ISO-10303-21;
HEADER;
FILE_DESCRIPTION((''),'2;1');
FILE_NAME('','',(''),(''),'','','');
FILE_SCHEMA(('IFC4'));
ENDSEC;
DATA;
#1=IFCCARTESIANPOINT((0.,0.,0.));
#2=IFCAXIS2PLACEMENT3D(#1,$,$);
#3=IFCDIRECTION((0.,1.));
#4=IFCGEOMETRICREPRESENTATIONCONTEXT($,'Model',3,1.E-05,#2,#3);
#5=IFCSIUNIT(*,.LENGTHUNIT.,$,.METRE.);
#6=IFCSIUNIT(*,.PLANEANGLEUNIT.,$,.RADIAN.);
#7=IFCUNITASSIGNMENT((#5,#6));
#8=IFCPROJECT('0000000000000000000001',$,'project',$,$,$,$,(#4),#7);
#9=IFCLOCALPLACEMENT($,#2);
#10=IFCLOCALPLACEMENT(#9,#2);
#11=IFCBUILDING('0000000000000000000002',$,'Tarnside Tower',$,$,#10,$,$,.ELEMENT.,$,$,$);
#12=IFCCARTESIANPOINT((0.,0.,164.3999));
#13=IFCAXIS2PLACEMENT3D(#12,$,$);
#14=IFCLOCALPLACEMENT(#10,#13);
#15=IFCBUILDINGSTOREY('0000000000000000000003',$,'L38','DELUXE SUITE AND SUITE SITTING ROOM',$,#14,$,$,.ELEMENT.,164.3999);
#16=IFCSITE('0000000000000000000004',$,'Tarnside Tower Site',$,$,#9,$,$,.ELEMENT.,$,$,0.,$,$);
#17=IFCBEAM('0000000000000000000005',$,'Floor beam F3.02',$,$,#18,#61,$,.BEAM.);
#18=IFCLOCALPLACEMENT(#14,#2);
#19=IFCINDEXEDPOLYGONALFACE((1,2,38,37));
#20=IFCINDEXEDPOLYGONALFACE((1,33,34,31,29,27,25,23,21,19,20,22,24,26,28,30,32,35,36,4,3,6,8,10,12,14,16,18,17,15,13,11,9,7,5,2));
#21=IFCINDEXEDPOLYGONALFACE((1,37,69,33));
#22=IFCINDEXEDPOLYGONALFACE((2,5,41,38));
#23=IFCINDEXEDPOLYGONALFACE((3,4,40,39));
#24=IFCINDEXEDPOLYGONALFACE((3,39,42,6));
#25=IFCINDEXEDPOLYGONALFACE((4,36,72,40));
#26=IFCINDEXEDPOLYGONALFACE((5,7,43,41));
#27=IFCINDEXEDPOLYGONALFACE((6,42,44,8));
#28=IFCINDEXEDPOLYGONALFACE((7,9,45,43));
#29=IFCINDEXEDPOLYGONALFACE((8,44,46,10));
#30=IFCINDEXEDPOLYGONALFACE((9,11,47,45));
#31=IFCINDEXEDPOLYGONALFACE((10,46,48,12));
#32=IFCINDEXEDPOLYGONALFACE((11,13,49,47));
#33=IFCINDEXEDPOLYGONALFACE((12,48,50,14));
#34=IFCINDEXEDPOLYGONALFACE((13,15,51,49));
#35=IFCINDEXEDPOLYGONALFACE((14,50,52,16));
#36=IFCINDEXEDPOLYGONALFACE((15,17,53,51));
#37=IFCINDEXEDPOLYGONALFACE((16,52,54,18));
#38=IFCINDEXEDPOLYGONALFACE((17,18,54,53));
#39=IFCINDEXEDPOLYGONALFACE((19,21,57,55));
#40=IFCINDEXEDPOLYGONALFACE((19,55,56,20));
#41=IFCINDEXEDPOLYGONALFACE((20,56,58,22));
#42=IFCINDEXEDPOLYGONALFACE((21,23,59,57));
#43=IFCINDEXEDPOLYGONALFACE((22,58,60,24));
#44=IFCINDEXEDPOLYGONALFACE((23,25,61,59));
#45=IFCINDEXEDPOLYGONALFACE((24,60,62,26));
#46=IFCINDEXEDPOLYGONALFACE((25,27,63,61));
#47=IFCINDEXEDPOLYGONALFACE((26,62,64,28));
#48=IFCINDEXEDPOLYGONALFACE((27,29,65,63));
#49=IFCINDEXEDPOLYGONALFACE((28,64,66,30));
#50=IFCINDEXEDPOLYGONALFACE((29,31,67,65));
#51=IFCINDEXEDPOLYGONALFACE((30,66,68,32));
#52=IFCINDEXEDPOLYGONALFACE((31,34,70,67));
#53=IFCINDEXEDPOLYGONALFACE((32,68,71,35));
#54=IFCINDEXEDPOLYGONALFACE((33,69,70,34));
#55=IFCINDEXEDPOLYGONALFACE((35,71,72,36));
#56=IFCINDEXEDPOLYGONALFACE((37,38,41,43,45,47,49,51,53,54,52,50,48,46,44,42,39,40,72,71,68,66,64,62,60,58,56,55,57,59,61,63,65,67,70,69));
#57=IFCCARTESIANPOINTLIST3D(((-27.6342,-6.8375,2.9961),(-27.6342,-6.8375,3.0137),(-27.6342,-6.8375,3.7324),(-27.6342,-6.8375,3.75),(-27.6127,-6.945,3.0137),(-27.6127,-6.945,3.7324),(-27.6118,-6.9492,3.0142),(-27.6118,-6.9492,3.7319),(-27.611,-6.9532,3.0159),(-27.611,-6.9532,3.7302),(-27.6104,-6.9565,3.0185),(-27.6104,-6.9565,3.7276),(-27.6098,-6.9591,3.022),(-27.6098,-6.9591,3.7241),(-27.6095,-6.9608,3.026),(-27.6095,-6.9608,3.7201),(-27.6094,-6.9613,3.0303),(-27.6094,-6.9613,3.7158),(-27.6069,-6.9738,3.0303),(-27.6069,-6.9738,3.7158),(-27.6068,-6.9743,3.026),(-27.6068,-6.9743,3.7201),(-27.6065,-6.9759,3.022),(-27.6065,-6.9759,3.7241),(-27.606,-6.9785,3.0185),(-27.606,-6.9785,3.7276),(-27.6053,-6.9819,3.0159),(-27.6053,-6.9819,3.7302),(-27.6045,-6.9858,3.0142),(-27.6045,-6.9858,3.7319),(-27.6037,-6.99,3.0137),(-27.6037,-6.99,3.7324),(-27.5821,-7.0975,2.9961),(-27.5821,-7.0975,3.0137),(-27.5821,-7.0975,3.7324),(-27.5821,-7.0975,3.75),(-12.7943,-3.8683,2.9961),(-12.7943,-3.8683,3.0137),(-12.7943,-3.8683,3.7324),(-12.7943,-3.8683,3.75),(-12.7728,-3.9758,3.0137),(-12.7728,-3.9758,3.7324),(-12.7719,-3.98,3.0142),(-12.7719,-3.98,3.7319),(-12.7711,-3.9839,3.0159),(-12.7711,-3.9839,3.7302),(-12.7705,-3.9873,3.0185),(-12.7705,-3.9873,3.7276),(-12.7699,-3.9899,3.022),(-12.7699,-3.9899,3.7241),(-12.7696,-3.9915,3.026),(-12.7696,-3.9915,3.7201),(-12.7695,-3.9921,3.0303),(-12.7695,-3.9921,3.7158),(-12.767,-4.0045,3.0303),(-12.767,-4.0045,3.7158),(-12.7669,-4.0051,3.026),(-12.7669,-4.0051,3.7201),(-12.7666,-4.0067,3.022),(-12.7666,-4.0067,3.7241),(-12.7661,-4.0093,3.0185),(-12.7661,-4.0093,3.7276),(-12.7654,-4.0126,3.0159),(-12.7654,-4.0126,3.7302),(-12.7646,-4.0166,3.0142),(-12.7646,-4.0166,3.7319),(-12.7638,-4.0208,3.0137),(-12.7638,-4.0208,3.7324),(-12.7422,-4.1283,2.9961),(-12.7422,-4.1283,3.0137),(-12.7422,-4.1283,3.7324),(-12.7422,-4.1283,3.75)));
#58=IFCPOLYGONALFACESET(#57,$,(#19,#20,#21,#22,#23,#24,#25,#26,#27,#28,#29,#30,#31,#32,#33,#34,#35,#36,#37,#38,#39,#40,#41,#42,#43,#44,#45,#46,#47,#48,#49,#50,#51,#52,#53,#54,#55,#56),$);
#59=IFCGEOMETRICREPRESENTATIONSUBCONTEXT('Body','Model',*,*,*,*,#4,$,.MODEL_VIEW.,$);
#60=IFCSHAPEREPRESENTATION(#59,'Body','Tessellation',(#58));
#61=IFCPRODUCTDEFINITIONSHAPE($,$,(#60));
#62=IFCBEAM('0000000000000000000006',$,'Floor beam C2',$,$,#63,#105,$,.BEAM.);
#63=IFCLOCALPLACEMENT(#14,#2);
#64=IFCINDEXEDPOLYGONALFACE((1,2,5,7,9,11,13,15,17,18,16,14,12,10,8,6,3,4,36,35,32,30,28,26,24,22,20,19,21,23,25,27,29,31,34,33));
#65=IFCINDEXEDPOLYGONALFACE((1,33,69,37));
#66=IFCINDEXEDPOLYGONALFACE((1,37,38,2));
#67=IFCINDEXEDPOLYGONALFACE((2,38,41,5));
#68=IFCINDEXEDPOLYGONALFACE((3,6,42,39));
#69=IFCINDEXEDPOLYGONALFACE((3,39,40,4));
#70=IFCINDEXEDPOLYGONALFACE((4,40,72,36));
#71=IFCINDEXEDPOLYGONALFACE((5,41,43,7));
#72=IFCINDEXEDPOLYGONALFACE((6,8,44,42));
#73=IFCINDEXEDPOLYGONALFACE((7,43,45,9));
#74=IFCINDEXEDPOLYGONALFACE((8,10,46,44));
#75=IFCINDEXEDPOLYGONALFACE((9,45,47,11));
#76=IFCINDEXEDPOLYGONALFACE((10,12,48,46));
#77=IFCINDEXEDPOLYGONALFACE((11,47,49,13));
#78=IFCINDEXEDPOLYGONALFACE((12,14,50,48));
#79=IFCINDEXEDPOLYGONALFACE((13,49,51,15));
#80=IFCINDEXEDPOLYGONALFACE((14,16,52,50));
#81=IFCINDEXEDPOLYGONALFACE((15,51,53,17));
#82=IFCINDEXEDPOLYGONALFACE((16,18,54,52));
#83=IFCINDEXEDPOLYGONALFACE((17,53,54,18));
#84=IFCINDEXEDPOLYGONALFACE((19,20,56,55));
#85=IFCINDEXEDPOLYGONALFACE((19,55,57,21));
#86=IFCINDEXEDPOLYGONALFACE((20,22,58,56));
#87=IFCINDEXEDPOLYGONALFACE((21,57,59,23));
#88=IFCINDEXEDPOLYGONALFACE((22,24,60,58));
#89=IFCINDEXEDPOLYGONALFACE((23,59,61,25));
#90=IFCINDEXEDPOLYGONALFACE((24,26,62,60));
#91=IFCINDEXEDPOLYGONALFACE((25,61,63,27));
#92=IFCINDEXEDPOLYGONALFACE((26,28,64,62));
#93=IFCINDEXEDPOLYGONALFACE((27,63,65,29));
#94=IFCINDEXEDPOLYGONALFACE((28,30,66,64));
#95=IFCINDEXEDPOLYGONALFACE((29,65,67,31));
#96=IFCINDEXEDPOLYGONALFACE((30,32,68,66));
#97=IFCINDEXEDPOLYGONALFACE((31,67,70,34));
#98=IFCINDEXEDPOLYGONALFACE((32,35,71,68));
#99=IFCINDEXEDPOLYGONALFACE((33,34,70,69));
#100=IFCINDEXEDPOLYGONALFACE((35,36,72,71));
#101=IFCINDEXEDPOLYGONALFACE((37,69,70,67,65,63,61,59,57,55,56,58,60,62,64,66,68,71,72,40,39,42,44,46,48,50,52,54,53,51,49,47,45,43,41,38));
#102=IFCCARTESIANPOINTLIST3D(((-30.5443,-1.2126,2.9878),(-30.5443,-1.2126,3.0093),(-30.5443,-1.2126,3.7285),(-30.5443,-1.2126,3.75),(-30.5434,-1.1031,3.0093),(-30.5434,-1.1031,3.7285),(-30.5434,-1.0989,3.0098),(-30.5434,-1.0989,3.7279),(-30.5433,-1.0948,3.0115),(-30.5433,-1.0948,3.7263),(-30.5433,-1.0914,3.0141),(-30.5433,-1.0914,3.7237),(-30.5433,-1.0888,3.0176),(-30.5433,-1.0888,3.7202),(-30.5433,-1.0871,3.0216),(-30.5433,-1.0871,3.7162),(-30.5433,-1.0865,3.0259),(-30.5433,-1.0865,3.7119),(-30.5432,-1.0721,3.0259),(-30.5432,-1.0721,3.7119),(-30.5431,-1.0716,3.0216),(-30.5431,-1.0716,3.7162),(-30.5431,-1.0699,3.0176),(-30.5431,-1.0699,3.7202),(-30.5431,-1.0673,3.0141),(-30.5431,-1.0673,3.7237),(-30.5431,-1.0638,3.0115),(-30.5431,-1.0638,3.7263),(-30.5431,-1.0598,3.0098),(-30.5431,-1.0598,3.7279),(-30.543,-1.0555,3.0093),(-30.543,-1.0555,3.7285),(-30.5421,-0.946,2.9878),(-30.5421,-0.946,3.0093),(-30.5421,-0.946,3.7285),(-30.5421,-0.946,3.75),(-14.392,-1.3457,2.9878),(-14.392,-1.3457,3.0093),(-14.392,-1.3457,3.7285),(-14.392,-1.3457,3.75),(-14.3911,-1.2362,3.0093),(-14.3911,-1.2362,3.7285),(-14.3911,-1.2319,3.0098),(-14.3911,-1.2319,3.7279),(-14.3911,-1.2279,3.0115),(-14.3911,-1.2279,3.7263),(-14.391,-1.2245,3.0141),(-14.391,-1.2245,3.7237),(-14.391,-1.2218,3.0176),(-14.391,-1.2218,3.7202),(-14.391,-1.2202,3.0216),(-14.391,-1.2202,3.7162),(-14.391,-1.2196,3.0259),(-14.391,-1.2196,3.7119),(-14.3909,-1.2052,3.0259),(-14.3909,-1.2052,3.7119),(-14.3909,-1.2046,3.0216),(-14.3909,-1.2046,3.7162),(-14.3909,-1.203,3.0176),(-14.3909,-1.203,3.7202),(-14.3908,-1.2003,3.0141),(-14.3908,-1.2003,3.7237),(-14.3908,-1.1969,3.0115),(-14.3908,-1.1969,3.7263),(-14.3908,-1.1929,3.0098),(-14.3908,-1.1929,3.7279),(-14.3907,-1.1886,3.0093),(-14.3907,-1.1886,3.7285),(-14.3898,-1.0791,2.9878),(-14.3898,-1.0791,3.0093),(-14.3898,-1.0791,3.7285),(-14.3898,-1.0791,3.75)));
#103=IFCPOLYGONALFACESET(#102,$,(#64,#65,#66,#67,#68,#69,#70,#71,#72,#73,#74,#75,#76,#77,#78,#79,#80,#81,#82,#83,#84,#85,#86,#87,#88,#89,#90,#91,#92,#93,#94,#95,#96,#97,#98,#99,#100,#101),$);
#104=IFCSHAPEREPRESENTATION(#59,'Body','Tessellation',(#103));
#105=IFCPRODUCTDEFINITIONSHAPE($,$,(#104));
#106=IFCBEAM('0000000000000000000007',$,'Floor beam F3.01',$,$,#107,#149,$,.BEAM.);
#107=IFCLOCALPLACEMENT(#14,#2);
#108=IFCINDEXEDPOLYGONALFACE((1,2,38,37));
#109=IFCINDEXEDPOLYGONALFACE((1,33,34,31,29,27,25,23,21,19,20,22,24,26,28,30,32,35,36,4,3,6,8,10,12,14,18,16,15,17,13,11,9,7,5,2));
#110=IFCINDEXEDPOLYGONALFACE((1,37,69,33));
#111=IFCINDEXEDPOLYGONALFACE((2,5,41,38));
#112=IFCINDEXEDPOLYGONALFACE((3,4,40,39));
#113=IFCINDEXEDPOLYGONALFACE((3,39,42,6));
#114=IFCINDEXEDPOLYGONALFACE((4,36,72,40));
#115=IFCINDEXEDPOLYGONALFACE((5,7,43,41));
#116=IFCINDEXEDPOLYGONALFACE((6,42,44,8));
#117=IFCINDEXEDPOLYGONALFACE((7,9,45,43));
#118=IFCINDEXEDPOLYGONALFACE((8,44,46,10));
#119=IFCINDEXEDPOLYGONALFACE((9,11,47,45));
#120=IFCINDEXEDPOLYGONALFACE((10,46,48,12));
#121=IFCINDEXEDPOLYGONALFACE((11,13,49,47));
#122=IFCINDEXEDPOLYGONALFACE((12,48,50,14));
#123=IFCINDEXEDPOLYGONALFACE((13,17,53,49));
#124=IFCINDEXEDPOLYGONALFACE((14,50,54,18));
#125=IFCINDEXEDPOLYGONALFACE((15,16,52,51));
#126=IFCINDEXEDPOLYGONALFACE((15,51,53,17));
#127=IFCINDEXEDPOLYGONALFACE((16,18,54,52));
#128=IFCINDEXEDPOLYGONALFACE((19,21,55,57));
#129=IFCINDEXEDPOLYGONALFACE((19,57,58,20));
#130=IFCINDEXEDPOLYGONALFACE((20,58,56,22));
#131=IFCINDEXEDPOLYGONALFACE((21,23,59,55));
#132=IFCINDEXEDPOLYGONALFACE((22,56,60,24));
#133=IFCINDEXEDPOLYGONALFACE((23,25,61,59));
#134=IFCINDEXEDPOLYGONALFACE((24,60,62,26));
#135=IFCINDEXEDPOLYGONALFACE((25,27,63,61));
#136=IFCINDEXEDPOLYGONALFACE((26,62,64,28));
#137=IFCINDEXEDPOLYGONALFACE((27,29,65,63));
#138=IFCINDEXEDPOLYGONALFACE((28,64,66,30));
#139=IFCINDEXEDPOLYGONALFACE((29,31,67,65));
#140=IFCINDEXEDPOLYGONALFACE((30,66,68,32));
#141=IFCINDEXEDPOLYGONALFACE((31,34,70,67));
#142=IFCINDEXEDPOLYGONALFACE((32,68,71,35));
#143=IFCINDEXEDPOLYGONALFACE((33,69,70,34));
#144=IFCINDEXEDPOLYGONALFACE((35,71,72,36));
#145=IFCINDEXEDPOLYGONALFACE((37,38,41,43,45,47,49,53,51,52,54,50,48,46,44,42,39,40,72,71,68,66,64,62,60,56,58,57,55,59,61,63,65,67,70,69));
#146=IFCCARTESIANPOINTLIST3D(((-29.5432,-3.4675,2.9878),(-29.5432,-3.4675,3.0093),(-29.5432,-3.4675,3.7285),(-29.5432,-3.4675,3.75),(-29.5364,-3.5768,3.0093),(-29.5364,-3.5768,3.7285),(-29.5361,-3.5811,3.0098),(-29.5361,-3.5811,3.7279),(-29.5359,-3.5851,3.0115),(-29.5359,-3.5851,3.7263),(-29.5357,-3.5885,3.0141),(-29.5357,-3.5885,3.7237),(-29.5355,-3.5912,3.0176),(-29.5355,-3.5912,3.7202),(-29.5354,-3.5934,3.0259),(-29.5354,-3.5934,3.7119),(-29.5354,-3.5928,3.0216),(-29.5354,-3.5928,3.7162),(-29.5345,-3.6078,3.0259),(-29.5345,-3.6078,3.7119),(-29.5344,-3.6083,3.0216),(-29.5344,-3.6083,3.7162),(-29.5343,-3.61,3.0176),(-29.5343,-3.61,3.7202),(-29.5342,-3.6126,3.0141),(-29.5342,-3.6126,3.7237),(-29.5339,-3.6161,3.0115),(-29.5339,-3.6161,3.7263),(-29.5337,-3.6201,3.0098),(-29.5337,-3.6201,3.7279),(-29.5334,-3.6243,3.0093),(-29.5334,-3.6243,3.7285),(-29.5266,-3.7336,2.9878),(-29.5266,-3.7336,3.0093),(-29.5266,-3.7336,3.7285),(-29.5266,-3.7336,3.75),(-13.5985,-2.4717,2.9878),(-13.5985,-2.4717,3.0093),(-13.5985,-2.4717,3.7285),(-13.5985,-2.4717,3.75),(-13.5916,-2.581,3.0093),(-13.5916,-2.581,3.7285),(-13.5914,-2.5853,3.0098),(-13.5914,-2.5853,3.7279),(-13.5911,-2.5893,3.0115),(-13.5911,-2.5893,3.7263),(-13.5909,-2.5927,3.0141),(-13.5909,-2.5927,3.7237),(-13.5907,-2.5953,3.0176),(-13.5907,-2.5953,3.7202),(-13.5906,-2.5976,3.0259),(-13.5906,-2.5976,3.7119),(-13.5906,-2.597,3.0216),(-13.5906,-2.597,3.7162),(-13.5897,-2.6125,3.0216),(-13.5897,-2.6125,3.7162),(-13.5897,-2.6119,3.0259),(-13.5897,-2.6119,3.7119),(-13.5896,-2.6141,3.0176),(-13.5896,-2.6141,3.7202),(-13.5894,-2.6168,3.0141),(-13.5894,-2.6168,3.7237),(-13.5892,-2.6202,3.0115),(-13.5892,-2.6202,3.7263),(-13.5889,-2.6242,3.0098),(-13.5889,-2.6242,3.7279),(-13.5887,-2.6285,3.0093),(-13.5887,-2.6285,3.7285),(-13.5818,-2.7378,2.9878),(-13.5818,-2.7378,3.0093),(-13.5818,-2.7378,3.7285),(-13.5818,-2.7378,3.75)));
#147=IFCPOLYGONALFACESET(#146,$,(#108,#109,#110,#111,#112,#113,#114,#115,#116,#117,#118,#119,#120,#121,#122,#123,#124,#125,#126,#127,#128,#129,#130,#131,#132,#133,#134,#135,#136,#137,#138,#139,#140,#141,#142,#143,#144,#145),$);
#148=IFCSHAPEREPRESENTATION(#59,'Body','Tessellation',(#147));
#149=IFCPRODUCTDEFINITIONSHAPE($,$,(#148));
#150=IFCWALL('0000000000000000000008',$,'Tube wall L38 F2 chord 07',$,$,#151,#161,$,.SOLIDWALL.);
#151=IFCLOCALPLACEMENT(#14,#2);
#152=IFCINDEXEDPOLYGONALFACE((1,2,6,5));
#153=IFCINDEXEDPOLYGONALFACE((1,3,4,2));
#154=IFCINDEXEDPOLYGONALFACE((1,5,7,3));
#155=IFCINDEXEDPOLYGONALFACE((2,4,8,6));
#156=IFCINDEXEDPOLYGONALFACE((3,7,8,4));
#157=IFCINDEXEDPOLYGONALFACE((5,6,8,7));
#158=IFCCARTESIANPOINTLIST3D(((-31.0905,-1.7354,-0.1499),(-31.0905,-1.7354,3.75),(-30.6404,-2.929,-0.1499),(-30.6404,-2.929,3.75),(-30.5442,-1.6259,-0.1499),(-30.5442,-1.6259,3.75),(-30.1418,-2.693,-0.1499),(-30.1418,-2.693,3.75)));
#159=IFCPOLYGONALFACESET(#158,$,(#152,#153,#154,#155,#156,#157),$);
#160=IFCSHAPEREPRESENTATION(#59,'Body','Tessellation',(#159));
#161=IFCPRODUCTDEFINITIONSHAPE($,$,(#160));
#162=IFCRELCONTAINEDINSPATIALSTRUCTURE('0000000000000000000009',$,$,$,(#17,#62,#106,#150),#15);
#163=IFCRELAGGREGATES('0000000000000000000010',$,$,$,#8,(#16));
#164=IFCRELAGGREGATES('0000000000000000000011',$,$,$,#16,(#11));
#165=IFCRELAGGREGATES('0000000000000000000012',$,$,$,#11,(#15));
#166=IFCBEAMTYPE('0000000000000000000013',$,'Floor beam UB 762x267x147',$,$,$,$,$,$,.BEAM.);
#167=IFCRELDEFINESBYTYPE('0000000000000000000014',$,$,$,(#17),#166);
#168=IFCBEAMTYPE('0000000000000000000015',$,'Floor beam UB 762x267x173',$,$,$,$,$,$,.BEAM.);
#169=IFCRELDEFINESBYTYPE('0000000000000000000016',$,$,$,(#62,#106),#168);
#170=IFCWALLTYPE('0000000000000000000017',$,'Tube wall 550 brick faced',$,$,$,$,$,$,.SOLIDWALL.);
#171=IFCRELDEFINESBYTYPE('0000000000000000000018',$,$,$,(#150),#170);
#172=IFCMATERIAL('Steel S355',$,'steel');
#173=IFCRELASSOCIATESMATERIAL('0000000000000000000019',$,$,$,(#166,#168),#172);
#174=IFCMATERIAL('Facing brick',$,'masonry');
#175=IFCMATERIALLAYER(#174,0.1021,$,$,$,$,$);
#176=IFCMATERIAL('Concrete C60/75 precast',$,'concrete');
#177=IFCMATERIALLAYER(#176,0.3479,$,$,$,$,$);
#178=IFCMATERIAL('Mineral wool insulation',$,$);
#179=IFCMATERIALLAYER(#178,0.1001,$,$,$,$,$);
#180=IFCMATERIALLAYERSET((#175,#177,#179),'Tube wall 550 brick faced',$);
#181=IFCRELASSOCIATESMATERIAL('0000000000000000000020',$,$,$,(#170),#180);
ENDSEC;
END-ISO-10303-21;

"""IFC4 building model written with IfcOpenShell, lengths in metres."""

from ifc_helpers import new_model, si_unit, direction, frame, origin, origin_2d, place, context, subcontext, project, spatial, polyline, i_section, outline, extrude, material, layer, layer_set, material_profile, profile_set, type_object, element, save


model = new_model("IFC4")

# Units and contexts
model_context = context("Model", 3, precision=1e-05, world=origin(), true_north=direction((0.0, 1.0)))
body_context = subcontext(model_context, "Body", "Model", "MODEL_VIEW")
ifc_project = project(units=[si_unit("LENGTHUNIT", "METRE"), si_unit("PLANEANGLEUNIT", "RADIAN")], contexts=[model_context])

# Site, building, storey
site_placement = place(None, origin())
site = spatial("IfcSite", under=ifc_project, at=site_placement, Name="Tarnside Tower Site", CompositionType="ELEMENT", RefElevation=0.0)
building_placement = place(site_placement, origin())
building = spatial("IfcBuilding", under=site, at=building_placement, Name="Tarnside Tower", CompositionType="ELEMENT")
storey_placement = place(building_placement, frame((0.0, 0.0, 164.3999)))
storey = spatial("IfcBuildingStorey", under=building, at=storey_placement, Name="L38", Description="DELUXE SUITE AND SUITE SITTING ROOM", CompositionType="ELEMENT", Elevation=164.3999)

# Beams
ifc_material_1 = material(Name="Steel S355", Category="steel")
ifc_material_profile_1 = material_profile(ifc_material_1, i_section(OverallWidth=0.2651, OverallDepth=0.7539, WebThickness=0.0127, FlangeThickness=0.0176, FilletRadius=0.0166, at=origin_2d()), Name="UB 762x267x147")
ifc_profile_set_1 = profile_set([ifc_material_profile_1], Name="Steel S355")
beam_type_1 = type_object("IfcBeamType", Name="Floor beam UB 762x267x147", PredefinedType="BEAM", material=ifc_profile_set_1)
beam_1_placement = place(storey_placement, frame((-27.6082, -6.9675, 3.373), z_axis=(0.980565, 0.196197, 0.0), x_axis=(-0.196197, 0.980565, 0.0)))
element("IfcBeam", 1, at=beam_1_placement, inside=storey, type_object=beam_type_1, Name="Floor beam F3.02", PredefinedType="BEAM", context=body_context, shape_type="SweptSolid", body=[
    extrude(i_section(OverallWidth=0.2651, OverallDepth=0.7539, WebThickness=0.0127, FlangeThickness=0.0176, FilletRadius=0.0166, at=origin_2d()), origin(), (0.0, 0.0, 1.0), 15.134),
])
ifc_material_profile_2 = material_profile(ifc_material_1, i_section(OverallWidth=0.2666, OverallDepth=0.7622, WebThickness=0.0144, FlangeThickness=0.0215, FilletRadius=0.0166, at=origin_2d()), Name="UB 762x267x173")
ifc_profile_set_2 = profile_set([ifc_material_profile_2], Name="Steel S355")
beam_type_2 = type_object("IfcBeamType", Name="Floor beam UB 762x267x173", PredefinedType="BEAM", material=ifc_profile_set_2)
beam_2_placement = place(storey_placement, frame((-30.5432, -1.0793, 3.3689), z_axis=(0.999966, -0.008237, 0.0), x_axis=(0.008237, 0.999966, 0.0)))
element("IfcBeam", 2, at=beam_2_placement, inside=storey, type_object=beam_type_2, Name="Floor beam C2", PredefinedType="BEAM", context=body_context, shape_type="SweptSolid", body=[
    extrude(i_section(OverallWidth=0.2666, OverallDepth=0.7622, WebThickness=0.0144, FlangeThickness=0.0215, FilletRadius=0.0166, at=origin_2d()), origin(), (0.0, 0.0, 1.0), 16.1528),
])
beam_3_placement = place(storey_placement, frame((-29.5349, -3.6006, 3.3689), z_axis=(0.998055, 0.062335, 0.0), x_axis=(-0.062335, 0.998055, 0.0)))
element("IfcBeam", 3, at=beam_3_placement, inside=storey, type_object=beam_type_2, Name="Floor beam F3.01", PredefinedType="BEAM", context=body_context, shape_type="SweptSolid", body=[
    extrude(i_section(OverallWidth=0.2666, OverallDepth=0.7622, WebThickness=0.0144, FlangeThickness=0.0215, FilletRadius=0.0166, at=origin_2d()), origin(), (0.0, 0.0, 1.0), 15.9758),
])

# Wall
ifc_material_2 = material(Name="Facing brick", Category="masonry")
ifc_layer_1 = layer(ifc_material_2, 0.1021)
ifc_material_3 = material(Name="Concrete C60/75 precast", Category="concrete")
ifc_layer_2 = layer(ifc_material_3, 0.3479)
ifc_material_4 = material(Name="Mineral wool insulation")
ifc_layer_3 = layer(ifc_material_4, 0.1001)
ifc_layer_set_1 = layer_set([ifc_layer_1, ifc_layer_2, ifc_layer_3], Name="Tube wall 550 brick faced")
wall_type = type_object("IfcWallType", Name="Tube wall 550 brick faced", PredefinedType="SOLIDWALL", material=ifc_layer_set_1)
wall_1_placement = place(storey_placement, frame((-30.8174, -1.6807, -0.1499), z_axis=(0.0, 0.0, 1.0), x_axis=(0.35285, -0.93568, 0.0)))
element("IfcWall", 4, at=wall_1_placement, inside=storey, type_object=wall_type, Name="Tube wall L38 F2 chord 07", PredefinedType="SOLIDWALL", context=body_context, shape_type="SweptSolid", body=[
    extrude(outline(polyline([(-0.0452, -0.2749), (1.2305, -0.2749), (1.1855, 0.2749), (0.0452, 0.2749), (-0.0452, -0.2749)])), origin(), (0.0, 0.0, 1.0), 3.8999),
])

save(model, "model.ifc")
